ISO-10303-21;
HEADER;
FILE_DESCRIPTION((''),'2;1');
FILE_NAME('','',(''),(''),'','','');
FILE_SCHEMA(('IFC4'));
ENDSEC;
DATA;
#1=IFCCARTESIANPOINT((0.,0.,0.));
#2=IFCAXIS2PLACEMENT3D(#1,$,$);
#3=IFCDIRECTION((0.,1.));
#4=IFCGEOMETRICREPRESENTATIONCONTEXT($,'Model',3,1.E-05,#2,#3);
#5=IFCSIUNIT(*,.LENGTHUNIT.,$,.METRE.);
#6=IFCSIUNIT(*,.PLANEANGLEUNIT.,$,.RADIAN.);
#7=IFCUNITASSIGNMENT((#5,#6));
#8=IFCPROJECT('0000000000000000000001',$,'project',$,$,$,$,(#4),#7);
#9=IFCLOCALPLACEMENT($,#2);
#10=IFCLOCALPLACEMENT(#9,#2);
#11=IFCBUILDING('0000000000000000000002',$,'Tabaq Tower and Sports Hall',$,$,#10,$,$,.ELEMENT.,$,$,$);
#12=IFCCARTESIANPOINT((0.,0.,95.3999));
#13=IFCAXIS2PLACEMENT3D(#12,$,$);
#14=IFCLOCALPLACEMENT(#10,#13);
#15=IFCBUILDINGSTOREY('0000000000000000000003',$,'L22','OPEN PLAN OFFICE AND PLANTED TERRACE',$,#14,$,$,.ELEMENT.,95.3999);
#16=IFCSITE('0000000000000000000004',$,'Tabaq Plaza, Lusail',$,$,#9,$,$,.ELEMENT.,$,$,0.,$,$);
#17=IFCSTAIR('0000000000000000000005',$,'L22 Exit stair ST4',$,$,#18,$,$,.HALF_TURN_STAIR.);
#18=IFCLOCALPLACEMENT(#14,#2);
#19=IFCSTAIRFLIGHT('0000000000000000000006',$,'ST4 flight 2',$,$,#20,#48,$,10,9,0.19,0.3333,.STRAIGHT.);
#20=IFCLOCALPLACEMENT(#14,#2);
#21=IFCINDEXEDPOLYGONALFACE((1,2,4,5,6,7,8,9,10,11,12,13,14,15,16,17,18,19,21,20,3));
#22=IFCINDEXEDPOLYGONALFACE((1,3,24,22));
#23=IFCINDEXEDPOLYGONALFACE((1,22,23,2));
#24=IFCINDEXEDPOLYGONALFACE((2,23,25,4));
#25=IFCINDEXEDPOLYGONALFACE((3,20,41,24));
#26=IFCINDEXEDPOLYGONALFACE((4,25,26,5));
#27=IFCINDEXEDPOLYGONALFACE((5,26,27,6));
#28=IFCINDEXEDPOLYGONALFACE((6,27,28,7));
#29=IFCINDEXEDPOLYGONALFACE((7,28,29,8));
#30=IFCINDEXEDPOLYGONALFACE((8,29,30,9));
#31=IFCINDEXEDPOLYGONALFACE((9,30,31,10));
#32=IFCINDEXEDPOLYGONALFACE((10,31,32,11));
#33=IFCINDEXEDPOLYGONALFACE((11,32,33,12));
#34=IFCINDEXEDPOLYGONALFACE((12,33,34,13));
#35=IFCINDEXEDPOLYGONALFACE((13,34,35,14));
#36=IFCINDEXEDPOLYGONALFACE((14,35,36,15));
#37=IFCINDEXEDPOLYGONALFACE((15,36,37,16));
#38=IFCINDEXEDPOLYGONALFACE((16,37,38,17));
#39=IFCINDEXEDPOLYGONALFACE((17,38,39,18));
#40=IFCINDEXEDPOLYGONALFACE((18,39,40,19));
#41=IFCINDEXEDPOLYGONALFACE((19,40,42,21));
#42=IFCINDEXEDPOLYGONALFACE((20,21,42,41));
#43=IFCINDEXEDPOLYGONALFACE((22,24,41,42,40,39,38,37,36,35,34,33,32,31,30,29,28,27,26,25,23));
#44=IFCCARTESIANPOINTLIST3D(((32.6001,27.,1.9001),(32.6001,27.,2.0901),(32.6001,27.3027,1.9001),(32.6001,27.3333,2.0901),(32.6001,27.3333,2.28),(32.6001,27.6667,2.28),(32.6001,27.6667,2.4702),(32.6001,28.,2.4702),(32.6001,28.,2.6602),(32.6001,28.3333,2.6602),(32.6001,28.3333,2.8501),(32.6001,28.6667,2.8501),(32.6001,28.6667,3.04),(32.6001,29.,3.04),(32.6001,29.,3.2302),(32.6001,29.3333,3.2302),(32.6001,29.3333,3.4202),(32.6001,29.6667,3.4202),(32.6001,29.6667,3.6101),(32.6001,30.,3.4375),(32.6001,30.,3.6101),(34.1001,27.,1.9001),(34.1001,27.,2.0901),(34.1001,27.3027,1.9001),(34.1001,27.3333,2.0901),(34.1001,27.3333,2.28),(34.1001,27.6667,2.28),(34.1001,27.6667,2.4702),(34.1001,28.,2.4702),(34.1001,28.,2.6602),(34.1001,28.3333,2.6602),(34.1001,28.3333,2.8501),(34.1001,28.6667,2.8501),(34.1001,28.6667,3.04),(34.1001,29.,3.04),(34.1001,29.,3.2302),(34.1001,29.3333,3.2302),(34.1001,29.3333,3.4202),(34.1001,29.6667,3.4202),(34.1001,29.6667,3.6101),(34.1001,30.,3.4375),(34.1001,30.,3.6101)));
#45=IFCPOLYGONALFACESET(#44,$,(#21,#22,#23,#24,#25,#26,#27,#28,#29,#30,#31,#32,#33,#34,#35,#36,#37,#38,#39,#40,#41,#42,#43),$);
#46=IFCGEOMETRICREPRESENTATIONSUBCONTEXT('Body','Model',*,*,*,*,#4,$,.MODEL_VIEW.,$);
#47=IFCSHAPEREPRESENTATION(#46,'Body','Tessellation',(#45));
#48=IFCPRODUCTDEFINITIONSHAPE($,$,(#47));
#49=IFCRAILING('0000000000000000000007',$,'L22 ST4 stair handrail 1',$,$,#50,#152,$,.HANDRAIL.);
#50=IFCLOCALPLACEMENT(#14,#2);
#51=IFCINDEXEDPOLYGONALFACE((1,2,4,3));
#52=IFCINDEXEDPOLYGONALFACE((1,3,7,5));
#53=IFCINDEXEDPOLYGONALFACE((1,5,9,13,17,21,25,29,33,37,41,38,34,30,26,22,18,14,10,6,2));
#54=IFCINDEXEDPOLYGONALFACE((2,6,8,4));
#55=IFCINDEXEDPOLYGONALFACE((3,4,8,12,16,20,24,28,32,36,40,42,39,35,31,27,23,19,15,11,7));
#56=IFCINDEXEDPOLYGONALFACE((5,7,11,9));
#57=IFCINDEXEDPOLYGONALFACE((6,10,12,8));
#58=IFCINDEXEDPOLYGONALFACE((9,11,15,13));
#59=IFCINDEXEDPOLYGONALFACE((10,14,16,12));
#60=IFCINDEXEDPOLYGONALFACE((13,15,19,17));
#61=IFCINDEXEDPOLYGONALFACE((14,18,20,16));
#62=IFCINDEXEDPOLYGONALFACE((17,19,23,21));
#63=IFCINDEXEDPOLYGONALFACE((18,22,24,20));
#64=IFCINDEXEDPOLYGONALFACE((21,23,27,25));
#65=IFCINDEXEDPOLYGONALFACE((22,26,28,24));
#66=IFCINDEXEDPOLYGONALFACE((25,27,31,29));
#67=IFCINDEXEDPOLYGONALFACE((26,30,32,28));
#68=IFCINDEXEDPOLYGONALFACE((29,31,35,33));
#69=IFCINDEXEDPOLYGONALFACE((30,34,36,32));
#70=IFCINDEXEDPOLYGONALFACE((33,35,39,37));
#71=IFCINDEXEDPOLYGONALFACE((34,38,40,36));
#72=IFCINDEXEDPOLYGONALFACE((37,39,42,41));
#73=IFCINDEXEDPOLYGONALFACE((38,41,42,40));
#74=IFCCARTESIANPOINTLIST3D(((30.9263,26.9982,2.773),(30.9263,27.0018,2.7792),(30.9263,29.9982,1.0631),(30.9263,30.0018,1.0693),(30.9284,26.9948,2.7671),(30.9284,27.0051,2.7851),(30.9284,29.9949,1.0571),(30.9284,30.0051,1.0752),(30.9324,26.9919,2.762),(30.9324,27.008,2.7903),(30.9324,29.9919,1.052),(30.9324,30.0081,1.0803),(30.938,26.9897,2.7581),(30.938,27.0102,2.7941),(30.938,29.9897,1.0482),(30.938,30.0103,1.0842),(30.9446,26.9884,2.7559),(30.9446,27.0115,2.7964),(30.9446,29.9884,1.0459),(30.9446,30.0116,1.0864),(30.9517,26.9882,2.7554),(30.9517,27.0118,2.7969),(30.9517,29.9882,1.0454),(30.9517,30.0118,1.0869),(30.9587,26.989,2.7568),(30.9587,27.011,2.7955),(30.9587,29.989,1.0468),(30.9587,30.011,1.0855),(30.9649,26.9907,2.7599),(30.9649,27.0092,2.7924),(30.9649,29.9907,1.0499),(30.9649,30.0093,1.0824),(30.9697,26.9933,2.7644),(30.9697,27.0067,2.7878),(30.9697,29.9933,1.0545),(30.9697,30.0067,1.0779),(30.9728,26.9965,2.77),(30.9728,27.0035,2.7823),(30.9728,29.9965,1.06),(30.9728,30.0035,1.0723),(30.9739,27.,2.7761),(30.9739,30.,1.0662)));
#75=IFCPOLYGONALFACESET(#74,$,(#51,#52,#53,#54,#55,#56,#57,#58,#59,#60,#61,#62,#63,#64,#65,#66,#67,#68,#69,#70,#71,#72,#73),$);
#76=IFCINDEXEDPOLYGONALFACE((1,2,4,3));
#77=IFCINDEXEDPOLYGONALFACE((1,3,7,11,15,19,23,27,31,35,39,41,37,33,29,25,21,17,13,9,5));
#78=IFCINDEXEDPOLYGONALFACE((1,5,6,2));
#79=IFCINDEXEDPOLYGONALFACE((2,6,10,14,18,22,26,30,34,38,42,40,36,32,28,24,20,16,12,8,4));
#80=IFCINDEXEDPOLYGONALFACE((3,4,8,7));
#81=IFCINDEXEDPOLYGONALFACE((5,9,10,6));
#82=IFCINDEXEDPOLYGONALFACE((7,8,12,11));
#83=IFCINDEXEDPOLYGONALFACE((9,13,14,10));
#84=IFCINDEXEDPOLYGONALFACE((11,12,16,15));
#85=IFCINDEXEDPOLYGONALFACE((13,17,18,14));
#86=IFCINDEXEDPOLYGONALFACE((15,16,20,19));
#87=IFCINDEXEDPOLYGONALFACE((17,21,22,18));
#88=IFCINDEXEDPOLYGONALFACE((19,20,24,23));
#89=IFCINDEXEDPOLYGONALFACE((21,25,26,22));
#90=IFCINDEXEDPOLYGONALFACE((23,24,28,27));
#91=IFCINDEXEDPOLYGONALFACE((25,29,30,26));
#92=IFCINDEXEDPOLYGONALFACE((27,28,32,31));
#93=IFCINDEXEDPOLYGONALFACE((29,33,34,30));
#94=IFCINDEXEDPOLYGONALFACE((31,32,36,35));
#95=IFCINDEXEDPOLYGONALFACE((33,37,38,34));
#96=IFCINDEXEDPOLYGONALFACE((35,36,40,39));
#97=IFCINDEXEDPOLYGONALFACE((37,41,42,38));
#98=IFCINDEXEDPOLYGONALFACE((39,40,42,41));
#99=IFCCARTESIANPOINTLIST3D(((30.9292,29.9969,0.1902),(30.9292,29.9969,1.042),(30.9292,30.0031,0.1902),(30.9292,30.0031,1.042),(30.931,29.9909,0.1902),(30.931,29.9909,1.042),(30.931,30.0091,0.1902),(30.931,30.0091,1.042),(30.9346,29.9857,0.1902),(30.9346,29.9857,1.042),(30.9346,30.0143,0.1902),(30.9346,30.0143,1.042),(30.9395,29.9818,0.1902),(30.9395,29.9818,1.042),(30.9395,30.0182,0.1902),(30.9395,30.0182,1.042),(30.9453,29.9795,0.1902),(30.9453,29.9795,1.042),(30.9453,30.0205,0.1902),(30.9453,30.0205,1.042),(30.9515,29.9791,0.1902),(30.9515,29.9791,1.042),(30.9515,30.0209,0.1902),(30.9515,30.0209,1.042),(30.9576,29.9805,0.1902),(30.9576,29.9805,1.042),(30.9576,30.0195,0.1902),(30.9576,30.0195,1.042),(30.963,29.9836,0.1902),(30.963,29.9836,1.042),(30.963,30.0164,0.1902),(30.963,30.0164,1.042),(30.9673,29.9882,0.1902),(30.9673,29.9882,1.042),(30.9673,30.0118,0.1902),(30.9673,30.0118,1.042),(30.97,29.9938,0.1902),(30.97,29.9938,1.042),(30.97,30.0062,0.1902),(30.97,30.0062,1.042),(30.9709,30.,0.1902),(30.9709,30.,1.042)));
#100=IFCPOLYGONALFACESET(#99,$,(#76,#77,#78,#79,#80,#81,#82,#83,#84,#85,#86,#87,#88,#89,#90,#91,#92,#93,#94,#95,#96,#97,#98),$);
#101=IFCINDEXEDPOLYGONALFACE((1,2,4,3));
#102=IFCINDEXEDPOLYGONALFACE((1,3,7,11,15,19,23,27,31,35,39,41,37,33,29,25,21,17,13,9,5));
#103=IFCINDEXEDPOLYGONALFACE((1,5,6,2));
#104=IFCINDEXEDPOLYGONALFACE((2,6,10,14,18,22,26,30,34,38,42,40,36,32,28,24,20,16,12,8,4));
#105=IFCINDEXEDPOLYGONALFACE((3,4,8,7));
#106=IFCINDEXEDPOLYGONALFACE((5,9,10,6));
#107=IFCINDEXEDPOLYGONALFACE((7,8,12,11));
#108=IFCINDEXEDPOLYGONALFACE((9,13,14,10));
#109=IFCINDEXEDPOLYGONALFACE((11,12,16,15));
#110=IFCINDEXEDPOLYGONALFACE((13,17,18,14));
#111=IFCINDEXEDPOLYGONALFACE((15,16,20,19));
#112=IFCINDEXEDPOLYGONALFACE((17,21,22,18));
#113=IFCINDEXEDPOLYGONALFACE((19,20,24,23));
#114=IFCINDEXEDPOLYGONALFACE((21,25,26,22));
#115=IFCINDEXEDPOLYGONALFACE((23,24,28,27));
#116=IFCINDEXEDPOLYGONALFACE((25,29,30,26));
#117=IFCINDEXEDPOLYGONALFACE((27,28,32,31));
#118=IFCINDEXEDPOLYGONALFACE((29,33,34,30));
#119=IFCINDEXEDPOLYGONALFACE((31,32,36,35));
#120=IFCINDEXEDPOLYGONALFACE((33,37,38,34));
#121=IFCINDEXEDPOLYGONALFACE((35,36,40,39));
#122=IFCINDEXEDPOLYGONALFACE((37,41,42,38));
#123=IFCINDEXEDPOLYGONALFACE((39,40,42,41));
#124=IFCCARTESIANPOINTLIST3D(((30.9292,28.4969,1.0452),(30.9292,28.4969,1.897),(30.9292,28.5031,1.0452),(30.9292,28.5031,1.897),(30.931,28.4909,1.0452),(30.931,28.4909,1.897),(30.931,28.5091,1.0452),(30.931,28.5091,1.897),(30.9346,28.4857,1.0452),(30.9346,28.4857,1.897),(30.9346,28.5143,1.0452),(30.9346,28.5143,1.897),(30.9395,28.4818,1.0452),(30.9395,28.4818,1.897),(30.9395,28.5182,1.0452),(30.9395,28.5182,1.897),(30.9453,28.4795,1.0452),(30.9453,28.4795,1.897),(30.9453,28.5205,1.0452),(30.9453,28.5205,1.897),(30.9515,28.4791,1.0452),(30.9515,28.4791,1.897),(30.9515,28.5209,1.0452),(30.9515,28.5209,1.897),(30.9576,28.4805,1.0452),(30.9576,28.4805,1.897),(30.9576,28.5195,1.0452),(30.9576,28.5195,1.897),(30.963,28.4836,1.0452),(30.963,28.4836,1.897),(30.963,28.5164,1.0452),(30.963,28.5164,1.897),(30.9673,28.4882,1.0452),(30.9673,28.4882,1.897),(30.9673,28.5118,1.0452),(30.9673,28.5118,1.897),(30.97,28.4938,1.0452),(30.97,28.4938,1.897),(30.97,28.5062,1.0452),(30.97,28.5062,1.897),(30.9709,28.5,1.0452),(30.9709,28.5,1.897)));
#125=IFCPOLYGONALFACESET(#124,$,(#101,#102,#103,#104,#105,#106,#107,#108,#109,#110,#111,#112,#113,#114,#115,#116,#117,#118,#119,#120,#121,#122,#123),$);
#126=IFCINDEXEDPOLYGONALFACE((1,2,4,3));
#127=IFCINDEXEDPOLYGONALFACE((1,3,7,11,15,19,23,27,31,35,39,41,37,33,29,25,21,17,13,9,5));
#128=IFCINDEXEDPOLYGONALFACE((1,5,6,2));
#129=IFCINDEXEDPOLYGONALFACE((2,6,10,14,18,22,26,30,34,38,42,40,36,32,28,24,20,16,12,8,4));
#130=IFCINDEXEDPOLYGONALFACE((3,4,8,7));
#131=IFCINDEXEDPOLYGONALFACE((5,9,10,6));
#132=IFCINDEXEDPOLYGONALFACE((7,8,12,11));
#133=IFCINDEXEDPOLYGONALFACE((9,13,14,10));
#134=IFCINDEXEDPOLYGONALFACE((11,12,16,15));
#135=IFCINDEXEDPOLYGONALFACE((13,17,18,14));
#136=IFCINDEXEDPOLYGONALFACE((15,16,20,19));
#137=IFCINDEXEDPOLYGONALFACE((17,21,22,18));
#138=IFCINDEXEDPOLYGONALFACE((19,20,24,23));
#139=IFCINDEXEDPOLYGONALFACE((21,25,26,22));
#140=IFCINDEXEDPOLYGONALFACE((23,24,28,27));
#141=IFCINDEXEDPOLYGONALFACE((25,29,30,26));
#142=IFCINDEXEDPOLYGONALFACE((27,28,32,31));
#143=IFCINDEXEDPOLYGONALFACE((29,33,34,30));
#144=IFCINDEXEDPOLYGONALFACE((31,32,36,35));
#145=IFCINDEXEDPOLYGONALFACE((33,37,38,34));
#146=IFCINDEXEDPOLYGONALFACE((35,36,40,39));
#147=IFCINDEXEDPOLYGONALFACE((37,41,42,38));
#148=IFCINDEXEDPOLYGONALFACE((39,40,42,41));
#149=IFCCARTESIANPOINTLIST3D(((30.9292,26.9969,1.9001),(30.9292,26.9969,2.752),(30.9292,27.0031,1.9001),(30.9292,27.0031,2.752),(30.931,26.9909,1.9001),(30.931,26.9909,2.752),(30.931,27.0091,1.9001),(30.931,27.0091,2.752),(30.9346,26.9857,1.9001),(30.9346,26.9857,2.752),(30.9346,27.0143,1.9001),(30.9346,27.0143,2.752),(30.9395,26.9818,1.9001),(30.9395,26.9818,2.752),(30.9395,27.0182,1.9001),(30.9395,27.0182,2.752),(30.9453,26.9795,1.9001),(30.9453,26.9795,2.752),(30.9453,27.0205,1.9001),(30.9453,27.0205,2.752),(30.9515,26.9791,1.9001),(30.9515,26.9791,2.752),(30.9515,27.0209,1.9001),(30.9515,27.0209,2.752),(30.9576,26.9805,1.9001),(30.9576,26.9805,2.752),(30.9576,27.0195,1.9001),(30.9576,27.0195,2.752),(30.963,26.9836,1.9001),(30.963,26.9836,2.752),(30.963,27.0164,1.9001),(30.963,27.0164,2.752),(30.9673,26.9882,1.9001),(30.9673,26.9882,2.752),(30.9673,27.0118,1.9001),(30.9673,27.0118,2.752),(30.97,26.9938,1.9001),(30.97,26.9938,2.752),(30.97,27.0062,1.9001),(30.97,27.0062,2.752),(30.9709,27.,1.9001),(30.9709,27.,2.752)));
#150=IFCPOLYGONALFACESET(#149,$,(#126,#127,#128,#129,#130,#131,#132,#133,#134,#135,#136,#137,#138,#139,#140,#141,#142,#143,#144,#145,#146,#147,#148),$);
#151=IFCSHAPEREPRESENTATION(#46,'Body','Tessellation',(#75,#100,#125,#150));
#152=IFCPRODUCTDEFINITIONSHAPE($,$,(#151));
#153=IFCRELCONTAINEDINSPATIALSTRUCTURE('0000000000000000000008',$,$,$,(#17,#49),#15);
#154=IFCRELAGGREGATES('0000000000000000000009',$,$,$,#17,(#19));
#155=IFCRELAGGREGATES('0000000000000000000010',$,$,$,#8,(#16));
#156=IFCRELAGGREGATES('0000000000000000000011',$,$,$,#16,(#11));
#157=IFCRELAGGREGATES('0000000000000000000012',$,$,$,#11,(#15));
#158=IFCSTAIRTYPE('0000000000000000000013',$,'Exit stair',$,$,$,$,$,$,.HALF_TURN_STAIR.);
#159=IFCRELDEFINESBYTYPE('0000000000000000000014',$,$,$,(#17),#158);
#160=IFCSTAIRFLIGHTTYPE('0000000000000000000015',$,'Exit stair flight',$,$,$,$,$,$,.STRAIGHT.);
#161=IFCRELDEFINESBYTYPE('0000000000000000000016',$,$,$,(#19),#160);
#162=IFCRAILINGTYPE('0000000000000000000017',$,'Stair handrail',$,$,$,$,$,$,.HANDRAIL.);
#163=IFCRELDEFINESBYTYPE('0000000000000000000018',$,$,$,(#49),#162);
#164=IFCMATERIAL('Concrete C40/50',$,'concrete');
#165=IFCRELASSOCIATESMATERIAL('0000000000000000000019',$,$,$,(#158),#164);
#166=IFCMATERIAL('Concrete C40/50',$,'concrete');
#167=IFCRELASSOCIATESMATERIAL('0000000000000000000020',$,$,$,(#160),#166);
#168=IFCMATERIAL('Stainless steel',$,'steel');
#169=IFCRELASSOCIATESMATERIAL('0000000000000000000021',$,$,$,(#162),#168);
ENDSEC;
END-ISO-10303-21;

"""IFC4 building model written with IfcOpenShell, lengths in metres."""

from ifc_helpers import new_model, si_unit, direction, frame, origin, origin_2d, place, context, subcontext, project, spatial, polyline, circle, outline, extrude, material, type_object, element, aggregate, save


model = new_model("IFC4")

# Units and contexts
model_context = context("Model", 3, precision=1e-05, world=origin(), true_north=direction((0.0, 1.0)))
body_context = subcontext(model_context, "Body", "Model", "MODEL_VIEW")
ifc_project = project(units=[si_unit("LENGTHUNIT", "METRE"), si_unit("PLANEANGLEUNIT", "RADIAN")], contexts=[model_context])

# Site, building, storey
site_placement = place(None, origin())
site = spatial("IfcSite", under=ifc_project, at=site_placement, Name="Tabaq Plaza, Lusail", CompositionType="ELEMENT", RefElevation=0.0)
building_placement = place(site_placement, origin())
building = spatial("IfcBuilding", under=site, at=building_placement, Name="Tabaq Tower and Sports Hall", CompositionType="ELEMENT")
storey_placement = place(building_placement, frame((0.0, 0.0, 95.3999)))
storey = spatial("IfcBuildingStorey", under=building, at=storey_placement, Name="L22", Description="OPEN PLAN OFFICE AND PLANTED TERRACE", CompositionType="ELEMENT", Elevation=95.3999)

# Stair, stair flight
ifc_material_1 = material(Name="Concrete C40/50", Category="concrete")
stair_type = type_object("IfcStairType", Name="Exit stair", PredefinedType="HALF_TURN_STAIR", material=ifc_material_1)
stair_placement = place(storey_placement, origin())
stair = element("IfcStair", 1, at=stair_placement, inside=storey, type_object=stair_type, Name="L22 Exit stair ST4", PredefinedType="HALF_TURN_STAIR")
ifc_material_2 = material(Name="Concrete C40/50", Category="concrete")
stair_flight_type = type_object("IfcStairFlightType", Name="Exit stair flight", PredefinedType="STRAIGHT", material=ifc_material_2)
stair_flight_1_placement = place(storey_placement, frame((33.3501, 27.0, 1.9001), z_axis=(0.0, 0.0, 1.0), x_axis=(0.0, 1.0, 0.0)))
stair_flight_1 = element("IfcStairFlight", 2, at=stair_flight_1_placement, type_object=stair_flight_type, Name="ST4 flight 2", NumberOfRisers=10, NumberOfTreads=9, PredefinedType="STRAIGHT", RiserHeight=0.19, TreadLength=0.3333, context=body_context, shape_type="SweptSolid", body=[
    extrude(outline(polyline([(0.0, 0.0), (0.0, 0.1899), (0.3333, 0.1899), (0.3333, 0.3799), (0.6667, 0.3799), (0.6667, 0.5701), (1.0, 0.5701), (1.0, 0.76), (1.3333, 0.76), (1.3333, 0.95), (1.6667, 0.95), (1.6667, 1.1399), (2.0, 1.1399), (2.0, 1.3301), (2.3333, 1.3301), (2.3333, 1.52), (2.6667, 1.52), (2.6667, 1.71), (3.0, 1.71), (3.0, 1.8999), (3.0, 1.5374), (0.3027, 0.0), (0.0, 0.0)])), frame((0.0, 0.75, 0.0), z_axis=(0.0, -1.0, 0.0), x_axis=(1.0, 0.0, 0.0)), (0.0, 0.0, 1.0), 1.5),
])
aggregate(stair, [stair_flight_1])

# Railing
ifc_material_3 = material(Name="Stainless steel", Category="steel")
railing_type_1 = type_object("IfcRailingType", Name="Stair handrail", PredefinedType="HANDRAIL", material=ifc_material_3)
railing_1_placement = place(storey_placement, frame((30.95, 30.0, 0.1902)))
element("IfcRailing", 3, at=railing_1_placement, inside=storey, type_object=railing_type_1, Name="L22 ST4 stair handrail 1", PredefinedType="HANDRAIL", context=body_context, shape_type="SweptSolid", body=[
    extrude(circle(Radius=0.0239, at=origin_2d()), frame((0.0, 0.0, 0.876), z_axis=(0.0, -0.868782, 0.495195), x_axis=(1.0, 0.0, 0.0)), (0.0, 0.0, 1.0), 3.4531),
    extrude(circle(Radius=0.021, at=origin_2d()), origin(), (0.0, 0.0, 1.0), 0.8518),
    extrude(circle(Radius=0.021, at=origin_2d()), frame((0.0, -1.5, 0.855)), (0.0, 0.0, 1.0), 0.8518),
    extrude(circle(Radius=0.021, at=origin_2d()), frame((0.0, -3.0, 1.71)), (0.0, 0.0, 1.0), 0.8518),
])

save(model, "model.ifc")
